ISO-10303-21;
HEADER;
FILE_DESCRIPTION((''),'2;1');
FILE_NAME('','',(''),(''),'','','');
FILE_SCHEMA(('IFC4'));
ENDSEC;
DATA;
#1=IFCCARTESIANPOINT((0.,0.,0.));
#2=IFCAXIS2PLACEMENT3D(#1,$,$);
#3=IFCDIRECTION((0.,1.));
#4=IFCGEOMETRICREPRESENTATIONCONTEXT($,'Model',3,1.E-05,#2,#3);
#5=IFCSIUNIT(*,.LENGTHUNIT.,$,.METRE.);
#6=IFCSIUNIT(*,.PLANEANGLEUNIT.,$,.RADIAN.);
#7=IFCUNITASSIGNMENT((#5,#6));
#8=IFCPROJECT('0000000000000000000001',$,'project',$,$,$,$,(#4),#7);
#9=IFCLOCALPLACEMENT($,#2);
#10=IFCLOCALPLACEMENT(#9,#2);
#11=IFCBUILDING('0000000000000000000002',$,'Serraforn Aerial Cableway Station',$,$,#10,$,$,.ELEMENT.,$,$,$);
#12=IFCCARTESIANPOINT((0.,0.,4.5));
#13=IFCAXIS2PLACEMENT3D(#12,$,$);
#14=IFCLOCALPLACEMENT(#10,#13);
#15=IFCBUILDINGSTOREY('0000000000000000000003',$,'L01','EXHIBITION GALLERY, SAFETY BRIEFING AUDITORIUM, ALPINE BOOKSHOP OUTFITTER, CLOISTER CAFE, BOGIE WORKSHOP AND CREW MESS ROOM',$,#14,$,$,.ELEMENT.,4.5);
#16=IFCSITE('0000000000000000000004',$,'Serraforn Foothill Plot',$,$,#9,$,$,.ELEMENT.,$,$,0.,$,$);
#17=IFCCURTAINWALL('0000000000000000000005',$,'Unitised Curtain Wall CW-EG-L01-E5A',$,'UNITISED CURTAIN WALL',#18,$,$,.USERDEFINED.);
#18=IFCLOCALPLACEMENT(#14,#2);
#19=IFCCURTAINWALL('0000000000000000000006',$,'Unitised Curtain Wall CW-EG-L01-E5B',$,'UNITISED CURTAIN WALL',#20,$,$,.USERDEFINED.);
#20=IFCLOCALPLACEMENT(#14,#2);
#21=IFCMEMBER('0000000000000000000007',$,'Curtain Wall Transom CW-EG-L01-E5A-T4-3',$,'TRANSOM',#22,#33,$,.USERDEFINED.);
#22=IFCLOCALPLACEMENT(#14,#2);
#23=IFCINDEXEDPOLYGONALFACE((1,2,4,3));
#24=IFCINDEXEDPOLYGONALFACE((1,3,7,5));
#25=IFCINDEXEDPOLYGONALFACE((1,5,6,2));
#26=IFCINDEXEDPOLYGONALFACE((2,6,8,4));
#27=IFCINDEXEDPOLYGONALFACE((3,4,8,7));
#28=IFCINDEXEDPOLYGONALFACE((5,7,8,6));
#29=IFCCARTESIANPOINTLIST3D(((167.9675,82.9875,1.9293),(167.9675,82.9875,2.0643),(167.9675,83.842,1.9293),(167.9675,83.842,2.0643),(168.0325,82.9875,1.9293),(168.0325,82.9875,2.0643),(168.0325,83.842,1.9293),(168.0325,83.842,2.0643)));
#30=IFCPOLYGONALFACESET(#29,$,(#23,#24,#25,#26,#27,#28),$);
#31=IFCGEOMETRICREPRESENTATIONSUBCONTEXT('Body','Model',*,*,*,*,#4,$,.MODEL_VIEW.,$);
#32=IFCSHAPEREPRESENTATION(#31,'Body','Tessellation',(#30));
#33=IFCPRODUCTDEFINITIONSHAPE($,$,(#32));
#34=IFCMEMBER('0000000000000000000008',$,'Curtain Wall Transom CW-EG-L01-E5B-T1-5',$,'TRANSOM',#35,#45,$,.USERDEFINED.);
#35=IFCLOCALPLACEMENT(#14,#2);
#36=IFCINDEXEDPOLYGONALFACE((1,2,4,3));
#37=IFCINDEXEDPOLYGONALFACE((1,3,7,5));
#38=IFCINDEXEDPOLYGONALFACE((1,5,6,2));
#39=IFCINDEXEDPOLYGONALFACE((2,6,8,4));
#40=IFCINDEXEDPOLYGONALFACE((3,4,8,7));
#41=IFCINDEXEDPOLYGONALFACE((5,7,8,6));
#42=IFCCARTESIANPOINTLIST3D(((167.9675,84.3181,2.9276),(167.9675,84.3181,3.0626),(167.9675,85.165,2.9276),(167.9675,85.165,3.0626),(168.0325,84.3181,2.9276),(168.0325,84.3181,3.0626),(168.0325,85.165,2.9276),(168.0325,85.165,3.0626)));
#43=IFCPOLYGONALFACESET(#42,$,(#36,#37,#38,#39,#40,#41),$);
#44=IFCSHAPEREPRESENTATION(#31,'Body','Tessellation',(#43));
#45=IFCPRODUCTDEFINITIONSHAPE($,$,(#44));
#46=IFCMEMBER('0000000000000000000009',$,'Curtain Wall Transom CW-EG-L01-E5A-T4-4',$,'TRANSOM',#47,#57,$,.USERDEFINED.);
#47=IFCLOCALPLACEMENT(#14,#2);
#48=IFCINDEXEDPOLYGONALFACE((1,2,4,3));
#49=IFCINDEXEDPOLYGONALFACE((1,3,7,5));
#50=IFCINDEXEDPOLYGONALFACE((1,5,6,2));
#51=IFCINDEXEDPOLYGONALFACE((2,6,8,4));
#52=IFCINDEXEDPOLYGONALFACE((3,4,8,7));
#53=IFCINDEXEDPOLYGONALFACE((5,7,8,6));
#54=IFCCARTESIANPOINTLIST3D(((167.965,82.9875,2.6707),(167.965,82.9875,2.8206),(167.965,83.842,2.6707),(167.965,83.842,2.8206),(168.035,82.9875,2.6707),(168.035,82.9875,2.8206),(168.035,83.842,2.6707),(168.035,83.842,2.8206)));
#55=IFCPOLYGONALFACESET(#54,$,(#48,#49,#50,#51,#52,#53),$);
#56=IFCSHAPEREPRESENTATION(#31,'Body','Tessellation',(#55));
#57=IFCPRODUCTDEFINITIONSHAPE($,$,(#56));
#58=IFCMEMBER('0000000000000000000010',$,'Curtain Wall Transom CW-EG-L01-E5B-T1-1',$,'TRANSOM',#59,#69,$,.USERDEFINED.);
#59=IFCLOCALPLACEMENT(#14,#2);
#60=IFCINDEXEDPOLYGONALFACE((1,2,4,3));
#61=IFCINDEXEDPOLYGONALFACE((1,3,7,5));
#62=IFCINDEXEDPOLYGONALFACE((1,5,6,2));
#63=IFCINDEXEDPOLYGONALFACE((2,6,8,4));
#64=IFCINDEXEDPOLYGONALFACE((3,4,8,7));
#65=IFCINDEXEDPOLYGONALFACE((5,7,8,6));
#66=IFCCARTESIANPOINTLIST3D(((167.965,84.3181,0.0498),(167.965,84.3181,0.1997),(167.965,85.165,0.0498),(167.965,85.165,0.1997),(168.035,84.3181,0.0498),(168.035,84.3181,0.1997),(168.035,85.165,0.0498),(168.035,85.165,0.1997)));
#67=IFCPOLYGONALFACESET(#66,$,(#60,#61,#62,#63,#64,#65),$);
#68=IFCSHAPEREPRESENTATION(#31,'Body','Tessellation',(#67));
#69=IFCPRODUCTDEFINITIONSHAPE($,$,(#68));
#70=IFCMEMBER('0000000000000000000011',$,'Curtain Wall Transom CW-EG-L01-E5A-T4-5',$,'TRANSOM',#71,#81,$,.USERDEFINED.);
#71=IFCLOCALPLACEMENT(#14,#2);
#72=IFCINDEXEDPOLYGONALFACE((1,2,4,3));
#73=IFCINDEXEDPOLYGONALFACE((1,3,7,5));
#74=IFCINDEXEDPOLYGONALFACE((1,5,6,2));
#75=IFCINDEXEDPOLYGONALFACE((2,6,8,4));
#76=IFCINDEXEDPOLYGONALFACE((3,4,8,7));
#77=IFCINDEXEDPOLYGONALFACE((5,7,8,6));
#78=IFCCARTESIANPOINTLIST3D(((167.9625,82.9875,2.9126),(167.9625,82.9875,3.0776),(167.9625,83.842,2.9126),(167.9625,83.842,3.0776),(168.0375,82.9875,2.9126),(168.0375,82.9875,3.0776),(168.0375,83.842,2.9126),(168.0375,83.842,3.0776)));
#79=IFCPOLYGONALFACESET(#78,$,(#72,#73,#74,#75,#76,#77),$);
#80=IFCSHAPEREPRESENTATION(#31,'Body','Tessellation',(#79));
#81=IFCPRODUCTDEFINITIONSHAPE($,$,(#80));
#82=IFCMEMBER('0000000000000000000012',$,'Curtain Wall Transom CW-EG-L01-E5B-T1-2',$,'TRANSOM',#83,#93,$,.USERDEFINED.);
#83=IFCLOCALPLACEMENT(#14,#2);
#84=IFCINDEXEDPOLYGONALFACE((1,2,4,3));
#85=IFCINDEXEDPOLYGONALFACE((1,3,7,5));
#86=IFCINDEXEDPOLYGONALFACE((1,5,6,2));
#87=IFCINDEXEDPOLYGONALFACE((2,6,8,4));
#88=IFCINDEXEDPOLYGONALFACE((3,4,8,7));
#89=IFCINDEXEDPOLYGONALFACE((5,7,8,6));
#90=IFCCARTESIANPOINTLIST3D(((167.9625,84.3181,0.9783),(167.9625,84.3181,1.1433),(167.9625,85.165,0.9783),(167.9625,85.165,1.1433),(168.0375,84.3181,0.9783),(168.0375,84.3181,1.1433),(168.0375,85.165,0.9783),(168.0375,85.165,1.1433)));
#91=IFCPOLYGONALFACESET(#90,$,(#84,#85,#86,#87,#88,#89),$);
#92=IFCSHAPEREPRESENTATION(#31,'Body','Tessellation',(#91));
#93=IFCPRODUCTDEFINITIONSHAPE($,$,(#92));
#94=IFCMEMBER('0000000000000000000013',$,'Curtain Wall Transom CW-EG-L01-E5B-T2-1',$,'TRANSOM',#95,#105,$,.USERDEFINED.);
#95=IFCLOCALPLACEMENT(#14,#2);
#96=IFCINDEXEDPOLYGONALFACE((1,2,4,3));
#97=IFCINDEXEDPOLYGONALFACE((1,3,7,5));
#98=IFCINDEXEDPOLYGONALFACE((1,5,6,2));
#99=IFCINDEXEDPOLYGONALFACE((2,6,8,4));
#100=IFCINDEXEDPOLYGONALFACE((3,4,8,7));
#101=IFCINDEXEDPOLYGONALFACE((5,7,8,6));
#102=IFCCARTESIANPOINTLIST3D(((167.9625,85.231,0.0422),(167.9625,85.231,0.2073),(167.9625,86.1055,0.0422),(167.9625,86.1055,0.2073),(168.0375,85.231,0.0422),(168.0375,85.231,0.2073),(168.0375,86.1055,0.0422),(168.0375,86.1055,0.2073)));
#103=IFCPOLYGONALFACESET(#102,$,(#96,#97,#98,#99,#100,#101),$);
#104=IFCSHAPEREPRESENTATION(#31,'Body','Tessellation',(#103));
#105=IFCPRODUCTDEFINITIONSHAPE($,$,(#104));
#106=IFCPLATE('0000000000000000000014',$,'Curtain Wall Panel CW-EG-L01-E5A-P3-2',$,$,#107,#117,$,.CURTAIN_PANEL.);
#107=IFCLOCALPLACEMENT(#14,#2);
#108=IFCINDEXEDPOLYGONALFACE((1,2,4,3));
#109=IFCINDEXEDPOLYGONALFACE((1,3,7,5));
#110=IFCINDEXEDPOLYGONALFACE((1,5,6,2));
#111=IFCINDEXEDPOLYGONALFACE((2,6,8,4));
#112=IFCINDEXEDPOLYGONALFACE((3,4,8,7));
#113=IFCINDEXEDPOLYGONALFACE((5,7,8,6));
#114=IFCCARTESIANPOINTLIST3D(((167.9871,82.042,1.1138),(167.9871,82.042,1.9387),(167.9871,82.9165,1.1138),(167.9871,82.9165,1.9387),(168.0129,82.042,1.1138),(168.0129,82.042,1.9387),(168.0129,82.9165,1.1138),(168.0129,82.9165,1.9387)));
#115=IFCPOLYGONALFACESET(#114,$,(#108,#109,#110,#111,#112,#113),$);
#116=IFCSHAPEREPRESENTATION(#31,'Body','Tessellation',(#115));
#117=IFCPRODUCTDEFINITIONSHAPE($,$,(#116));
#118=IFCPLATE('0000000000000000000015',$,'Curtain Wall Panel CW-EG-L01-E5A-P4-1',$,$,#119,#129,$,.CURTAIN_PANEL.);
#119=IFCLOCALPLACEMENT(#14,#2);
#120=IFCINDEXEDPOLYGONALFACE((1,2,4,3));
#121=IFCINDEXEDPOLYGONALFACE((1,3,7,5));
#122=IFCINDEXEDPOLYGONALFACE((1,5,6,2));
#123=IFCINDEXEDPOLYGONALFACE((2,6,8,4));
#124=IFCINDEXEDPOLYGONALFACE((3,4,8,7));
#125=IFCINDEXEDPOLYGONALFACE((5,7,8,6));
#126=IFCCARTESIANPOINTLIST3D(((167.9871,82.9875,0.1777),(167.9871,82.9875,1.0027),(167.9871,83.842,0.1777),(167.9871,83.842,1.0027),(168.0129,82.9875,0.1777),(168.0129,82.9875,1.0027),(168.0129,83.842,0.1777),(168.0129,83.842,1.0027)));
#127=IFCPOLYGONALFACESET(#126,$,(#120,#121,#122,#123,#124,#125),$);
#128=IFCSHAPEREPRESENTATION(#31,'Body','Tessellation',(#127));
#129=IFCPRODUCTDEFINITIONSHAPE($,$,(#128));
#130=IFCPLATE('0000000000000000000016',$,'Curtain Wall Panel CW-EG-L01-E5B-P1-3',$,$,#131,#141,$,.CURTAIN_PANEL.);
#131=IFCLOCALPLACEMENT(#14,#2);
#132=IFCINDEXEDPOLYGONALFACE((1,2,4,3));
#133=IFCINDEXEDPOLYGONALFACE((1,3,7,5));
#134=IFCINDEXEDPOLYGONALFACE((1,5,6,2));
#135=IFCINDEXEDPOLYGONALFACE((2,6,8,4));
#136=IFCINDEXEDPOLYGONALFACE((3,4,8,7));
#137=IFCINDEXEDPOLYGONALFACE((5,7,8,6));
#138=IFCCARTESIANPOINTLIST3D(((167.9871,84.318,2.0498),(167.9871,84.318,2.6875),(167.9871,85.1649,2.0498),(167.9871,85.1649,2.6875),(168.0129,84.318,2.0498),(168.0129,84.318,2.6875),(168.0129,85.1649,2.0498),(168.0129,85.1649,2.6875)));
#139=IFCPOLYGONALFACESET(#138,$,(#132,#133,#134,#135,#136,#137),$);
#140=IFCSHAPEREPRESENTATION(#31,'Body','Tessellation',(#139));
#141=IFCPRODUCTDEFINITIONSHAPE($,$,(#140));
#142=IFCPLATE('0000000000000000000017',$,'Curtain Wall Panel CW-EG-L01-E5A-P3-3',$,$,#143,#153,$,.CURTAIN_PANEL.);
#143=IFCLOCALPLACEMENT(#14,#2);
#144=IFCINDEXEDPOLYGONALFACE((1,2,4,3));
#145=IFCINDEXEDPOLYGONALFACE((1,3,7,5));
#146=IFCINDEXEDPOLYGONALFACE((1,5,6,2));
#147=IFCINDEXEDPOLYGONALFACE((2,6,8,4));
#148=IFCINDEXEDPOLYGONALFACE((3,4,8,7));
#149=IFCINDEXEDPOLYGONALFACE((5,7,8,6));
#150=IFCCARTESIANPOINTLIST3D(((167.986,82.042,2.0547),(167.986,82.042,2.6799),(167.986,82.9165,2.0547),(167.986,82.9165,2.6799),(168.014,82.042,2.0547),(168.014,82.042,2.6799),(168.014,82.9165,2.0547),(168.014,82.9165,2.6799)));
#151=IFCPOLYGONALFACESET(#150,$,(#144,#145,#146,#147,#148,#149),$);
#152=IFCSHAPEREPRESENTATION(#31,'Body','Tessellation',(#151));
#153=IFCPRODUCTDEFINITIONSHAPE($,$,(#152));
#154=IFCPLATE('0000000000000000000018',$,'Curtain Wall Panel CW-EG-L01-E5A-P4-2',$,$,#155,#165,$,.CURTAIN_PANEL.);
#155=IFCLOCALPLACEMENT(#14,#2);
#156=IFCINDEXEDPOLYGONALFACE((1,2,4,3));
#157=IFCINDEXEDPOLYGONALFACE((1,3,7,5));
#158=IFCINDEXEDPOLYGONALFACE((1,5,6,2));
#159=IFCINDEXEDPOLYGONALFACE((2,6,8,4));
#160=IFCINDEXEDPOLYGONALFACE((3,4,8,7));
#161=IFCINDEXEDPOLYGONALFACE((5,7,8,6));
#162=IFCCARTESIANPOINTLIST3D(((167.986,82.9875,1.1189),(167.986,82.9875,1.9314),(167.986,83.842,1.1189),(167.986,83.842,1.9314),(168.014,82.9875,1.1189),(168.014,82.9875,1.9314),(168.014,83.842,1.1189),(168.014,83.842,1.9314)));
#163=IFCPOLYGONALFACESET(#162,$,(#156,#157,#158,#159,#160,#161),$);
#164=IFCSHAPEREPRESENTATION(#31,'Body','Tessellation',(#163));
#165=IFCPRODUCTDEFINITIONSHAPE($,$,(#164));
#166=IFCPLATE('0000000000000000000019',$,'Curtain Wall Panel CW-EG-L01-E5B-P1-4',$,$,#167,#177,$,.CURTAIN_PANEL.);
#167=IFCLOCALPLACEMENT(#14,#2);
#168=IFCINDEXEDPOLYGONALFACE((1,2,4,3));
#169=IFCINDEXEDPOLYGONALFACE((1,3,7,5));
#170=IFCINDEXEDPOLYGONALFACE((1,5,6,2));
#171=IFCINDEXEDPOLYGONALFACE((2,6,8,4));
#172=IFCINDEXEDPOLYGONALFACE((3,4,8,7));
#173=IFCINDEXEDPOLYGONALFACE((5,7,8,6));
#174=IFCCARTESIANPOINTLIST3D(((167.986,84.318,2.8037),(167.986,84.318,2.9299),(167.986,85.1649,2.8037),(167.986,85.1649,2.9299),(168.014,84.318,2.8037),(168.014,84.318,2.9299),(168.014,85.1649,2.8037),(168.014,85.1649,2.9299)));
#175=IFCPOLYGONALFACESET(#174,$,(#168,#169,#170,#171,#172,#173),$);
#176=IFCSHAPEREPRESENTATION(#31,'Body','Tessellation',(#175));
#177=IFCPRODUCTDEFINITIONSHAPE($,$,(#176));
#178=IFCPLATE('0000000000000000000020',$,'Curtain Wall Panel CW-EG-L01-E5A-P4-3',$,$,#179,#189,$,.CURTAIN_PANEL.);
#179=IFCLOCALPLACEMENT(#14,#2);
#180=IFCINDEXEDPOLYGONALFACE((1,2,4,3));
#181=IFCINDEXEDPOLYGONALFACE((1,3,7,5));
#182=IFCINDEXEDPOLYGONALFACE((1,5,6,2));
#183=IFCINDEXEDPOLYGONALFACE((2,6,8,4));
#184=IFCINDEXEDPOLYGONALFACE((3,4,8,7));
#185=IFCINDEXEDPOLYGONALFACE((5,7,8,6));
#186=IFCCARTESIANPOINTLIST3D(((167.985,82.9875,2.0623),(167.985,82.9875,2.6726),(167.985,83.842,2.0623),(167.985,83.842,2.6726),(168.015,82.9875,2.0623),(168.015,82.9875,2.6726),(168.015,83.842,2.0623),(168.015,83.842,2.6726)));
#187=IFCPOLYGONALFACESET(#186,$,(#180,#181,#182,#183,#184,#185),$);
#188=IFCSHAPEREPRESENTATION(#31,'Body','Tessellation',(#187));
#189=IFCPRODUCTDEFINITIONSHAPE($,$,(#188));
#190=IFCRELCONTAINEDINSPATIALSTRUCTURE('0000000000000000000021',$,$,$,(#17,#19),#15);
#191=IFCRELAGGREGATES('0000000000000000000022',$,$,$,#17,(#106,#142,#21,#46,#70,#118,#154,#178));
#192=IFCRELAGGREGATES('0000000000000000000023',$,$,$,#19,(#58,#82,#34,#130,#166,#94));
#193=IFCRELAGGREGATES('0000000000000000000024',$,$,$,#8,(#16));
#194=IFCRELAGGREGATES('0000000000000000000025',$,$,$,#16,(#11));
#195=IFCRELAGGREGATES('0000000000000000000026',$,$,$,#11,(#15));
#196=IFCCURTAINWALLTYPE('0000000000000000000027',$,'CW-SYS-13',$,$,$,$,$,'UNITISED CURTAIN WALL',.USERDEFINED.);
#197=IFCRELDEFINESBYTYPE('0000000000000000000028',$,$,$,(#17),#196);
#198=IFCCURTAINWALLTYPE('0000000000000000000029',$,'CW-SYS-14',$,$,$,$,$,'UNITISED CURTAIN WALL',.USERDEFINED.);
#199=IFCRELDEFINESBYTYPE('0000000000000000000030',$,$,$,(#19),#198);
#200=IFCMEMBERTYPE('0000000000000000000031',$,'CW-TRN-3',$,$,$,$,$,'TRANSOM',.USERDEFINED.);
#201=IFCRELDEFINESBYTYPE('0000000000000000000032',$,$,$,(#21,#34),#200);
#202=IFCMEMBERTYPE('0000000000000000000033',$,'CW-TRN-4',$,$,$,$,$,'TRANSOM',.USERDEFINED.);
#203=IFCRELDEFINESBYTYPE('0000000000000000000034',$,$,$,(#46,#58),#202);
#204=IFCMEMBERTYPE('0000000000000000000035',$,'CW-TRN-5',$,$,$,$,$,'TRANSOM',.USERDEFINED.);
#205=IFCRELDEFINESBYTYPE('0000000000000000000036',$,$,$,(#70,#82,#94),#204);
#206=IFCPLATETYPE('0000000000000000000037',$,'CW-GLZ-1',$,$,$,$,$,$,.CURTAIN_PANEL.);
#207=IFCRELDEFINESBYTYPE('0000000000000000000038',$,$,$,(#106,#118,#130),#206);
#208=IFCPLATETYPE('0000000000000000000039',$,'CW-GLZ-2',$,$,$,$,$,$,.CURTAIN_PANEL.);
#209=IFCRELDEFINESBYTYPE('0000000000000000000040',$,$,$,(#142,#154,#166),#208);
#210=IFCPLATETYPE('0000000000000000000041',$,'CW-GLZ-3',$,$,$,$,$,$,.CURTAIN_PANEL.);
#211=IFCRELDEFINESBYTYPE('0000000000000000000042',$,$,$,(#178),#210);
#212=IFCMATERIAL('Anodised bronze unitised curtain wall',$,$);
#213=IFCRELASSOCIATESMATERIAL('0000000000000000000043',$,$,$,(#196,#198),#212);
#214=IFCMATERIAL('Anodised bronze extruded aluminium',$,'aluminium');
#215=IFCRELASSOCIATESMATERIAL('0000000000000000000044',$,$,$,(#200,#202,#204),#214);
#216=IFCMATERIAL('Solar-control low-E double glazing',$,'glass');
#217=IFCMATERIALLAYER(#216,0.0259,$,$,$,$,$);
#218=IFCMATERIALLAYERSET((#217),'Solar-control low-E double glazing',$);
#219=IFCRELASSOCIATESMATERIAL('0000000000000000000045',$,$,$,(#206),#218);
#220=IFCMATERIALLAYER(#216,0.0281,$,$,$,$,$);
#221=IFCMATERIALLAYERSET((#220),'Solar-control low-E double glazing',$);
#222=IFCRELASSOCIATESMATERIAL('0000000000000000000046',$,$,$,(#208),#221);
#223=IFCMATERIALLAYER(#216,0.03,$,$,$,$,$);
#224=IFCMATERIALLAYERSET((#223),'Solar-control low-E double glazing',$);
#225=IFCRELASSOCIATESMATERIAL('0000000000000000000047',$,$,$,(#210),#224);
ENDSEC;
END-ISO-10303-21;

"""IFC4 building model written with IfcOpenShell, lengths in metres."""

from ifc_helpers import new_model, si_unit, direction, frame, origin, origin_2d, place, context, subcontext, project, spatial, rectangle, extrude, material, layer, layer_set, material_profile, profile_set, type_object, element, aggregate, save


model = new_model("IFC4")

# Units and contexts
model_context = context("Model", 3, precision=1e-05, world=origin(), true_north=direction((0.0, 1.0)))
body_context = subcontext(model_context, "Body", "Model", "MODEL_VIEW")
ifc_project = project(units=[si_unit("LENGTHUNIT", "METRE"), si_unit("PLANEANGLEUNIT", "RADIAN")], contexts=[model_context])

# Site, building, storey
site_placement = place(None, origin())
site = spatial("IfcSite", under=ifc_project, at=site_placement, Name="Serraforn Foothill Plot", CompositionType="ELEMENT", RefElevation=0.0)
building_placement = place(site_placement, origin())
building = spatial("IfcBuilding", under=site, at=building_placement, Name="Serraforn Aerial Cableway Station", CompositionType="ELEMENT")
storey_placement = place(building_placement, frame((0.0, 0.0, 4.5)))
storey = spatial("IfcBuildingStorey", under=building, at=storey_placement, Name="L01", Description="EXHIBITION GALLERY, SAFETY BRIEFING AUDITORIUM, ALPINE BOOKSHOP OUTFITTER, CLOISTER CAFE, BOGIE WORKSHOP AND CREW MESS ROOM", CompositionType="ELEMENT", Elevation=4.5)

# Curtain wall
ifc_material_1 = material(Name="Anodised bronze unitised curtain wall")
curtain_wall_type_1 = type_object("IfcCurtainWallType", Name="CW-SYS-13", ElementType="UNITISED CURTAIN WALL", PredefinedType="USERDEFINED", material=ifc_material_1)
curtain_wall_1_placement = place(storey_placement, origin())
curtain_wall_1 = element("IfcCurtainWall", 1, at=curtain_wall_1_placement, inside=storey, type_object=curtain_wall_type_1, Name="Unitised Curtain Wall CW-EG-L01-E5A", ObjectType="UNITISED CURTAIN WALL", PredefinedType="USERDEFINED")
ifc_material_2 = material(Name="Anodised bronze extruded aluminium", Category="aluminium")

# Curtain wall
curtain_wall_type_2 = type_object("IfcCurtainWallType", Name="CW-SYS-14", ElementType="UNITISED CURTAIN WALL", PredefinedType="USERDEFINED", material=ifc_material_1)
curtain_wall_2_placement = place(storey_placement, origin())
curtain_wall_2 = element("IfcCurtainWall", 2, at=curtain_wall_2_placement, inside=storey, type_object=curtain_wall_type_2, Name="Unitised Curtain Wall CW-EG-L01-E5B", ObjectType="UNITISED CURTAIN WALL", PredefinedType="USERDEFINED")

# Members
ifc_material_profile_1 = material_profile(ifc_material_2, rectangle(XDim=0.0649, YDim=0.135, at=origin_2d()), Name="CW TRANSOM 65x135")
ifc_profile_set_1 = profile_set([ifc_material_profile_1], Name="Anodised bronze extruded aluminium")
member_type_1 = type_object("IfcMemberType", Name="CW-TRN-3", ElementType="TRANSOM", PredefinedType="USERDEFINED", material=ifc_profile_set_1)
member_1_placement = place(storey_placement, frame((168.0, 82.9875, 1.9968), z_axis=(0.0, 1.0, 0.0), x_axis=(-1.0, 0.0, 0.0)))
member_1 = element("IfcMember", 3, at=member_1_placement, type_object=member_type_1, Name="Curtain Wall Transom CW-EG-L01-E5A-T4-3", ObjectType="TRANSOM", PredefinedType="USERDEFINED", context=body_context, shape_type="SweptSolid", body=[
    extrude(rectangle(XDim=0.0649, YDim=0.135, at=origin_2d()), origin(), (0.0, 0.0, 1.0), 0.8545),
])
member_2_placement = place(storey_placement, frame((168.0, 84.3181, 2.9951), z_axis=(0.0, 1.0, 0.0), x_axis=(-1.0, 0.0, 0.0)))
member_2 = element("IfcMember", 4, at=member_2_placement, type_object=member_type_1, Name="Curtain Wall Transom CW-EG-L01-E5B-T1-5", ObjectType="TRANSOM", PredefinedType="USERDEFINED", context=body_context, shape_type="SweptSolid", body=[
    extrude(rectangle(XDim=0.0649, YDim=0.135, at=origin_2d()), origin(), (0.0, 0.0, 1.0), 0.8469),
])
ifc_material_profile_2 = material_profile(ifc_material_2, rectangle(XDim=0.0701, YDim=0.1499, at=origin_2d()), Name="CW TRANSOM 70x150")
ifc_profile_set_2 = profile_set([ifc_material_profile_2], Name="Anodised bronze extruded aluminium")
member_type_2 = type_object("IfcMemberType", Name="CW-TRN-4", ElementType="TRANSOM", PredefinedType="USERDEFINED", material=ifc_profile_set_2)
member_3_placement = place(storey_placement, frame((168.0, 82.9875, 2.7456), z_axis=(0.0, 1.0, 0.0), x_axis=(-1.0, 0.0, 0.0)))
member_3 = element("IfcMember", 5, at=member_3_placement, type_object=member_type_2, Name="Curtain Wall Transom CW-EG-L01-E5A-T4-4", ObjectType="TRANSOM", PredefinedType="USERDEFINED", context=body_context, shape_type="SweptSolid", body=[
    extrude(rectangle(XDim=0.0701, YDim=0.1499, at=origin_2d()), origin(), (0.0, 0.0, 1.0), 0.8545),
])
member_4_placement = place(storey_placement, frame((168.0, 84.3181, 0.1248), z_axis=(0.0, 1.0, 0.0), x_axis=(-1.0, 0.0, 0.0)))
member_4 = element("IfcMember", 6, at=member_4_placement, type_object=member_type_2, Name="Curtain Wall Transom CW-EG-L01-E5B-T1-1", ObjectType="TRANSOM", PredefinedType="USERDEFINED", context=body_context, shape_type="SweptSolid", body=[
    extrude(rectangle(XDim=0.0701, YDim=0.1499, at=origin_2d()), origin(), (0.0, 0.0, 1.0), 0.8469),
])
ifc_material_profile_3 = material_profile(ifc_material_2, rectangle(XDim=0.075, YDim=0.165, at=origin_2d()), Name="CW TRANSOM 75x165")
ifc_profile_set_3 = profile_set([ifc_material_profile_3], Name="Anodised bronze extruded aluminium")
member_type_3 = type_object("IfcMemberType", Name="CW-TRN-5", ElementType="TRANSOM", PredefinedType="USERDEFINED", material=ifc_profile_set_3)
member_5_placement = place(storey_placement, frame((168.0, 82.9875, 2.9951), z_axis=(0.0, 1.0, 0.0), x_axis=(-1.0, 0.0, 0.0)))
member_5 = element("IfcMember", 7, at=member_5_placement, type_object=member_type_3, Name="Curtain Wall Transom CW-EG-L01-E5A-T4-5", ObjectType="TRANSOM", PredefinedType="USERDEFINED", context=body_context, shape_type="SweptSolid", body=[
    extrude(rectangle(XDim=0.075, YDim=0.165, at=origin_2d()), origin(), (0.0, 0.0, 1.0), 0.8545),
])
member_6_placement = place(storey_placement, frame((168.0, 84.3181, 1.0608), z_axis=(0.0, 1.0, 0.0), x_axis=(-1.0, 0.0, 0.0)))
member_6 = element("IfcMember", 8, at=member_6_placement, type_object=member_type_3, Name="Curtain Wall Transom CW-EG-L01-E5B-T1-2", ObjectType="TRANSOM", PredefinedType="USERDEFINED", context=body_context, shape_type="SweptSolid", body=[
    extrude(rectangle(XDim=0.075, YDim=0.165, at=origin_2d()), origin(), (0.0, 0.0, 1.0), 0.8469),
])
member_7_placement = place(storey_placement, frame((168.0, 85.231, 0.1248), z_axis=(0.0, 1.0, 0.0), x_axis=(-1.0, 0.0, 0.0)))
member_7 = element("IfcMember", 9, at=member_7_placement, type_object=member_type_3, Name="Curtain Wall Transom CW-EG-L01-E5B-T2-1", ObjectType="TRANSOM", PredefinedType="USERDEFINED", context=body_context, shape_type="SweptSolid", body=[
    extrude(rectangle(XDim=0.075, YDim=0.165, at=origin_2d()), origin(), (0.0, 0.0, 1.0), 0.8745),
])

# Plates
ifc_material_3 = material(Name="Solar-control low-E double glazing", Category="glass")
ifc_layer_1 = layer(ifc_material_3, 0.0259)
ifc_layer_set_1 = layer_set([ifc_layer_1], Name="Solar-control low-E double glazing")
plate_type_1 = type_object("IfcPlateType", Name="CW-GLZ-1", PredefinedType="CURTAIN_PANEL", material=ifc_layer_set_1)
plate_1_placement = place(storey_placement, frame((168.0, 82.4792, 1.1138), z_axis=(0.0, 0.0, 1.0), x_axis=(1.0, 0.0, 0.0)))
plate_1 = element("IfcPlate", 10, at=plate_1_placement, type_object=plate_type_1, Name="Curtain Wall Panel CW-EG-L01-E5A-P3-2", PredefinedType="CURTAIN_PANEL", context=body_context, shape_type="SweptSolid", body=[
    extrude(rectangle(XDim=0.0259, YDim=0.8745, at=origin_2d()), origin(), (0.0, 0.0, 1.0), 0.825),
])
plate_2_placement = place(storey_placement, frame((168.0, 83.4148, 0.1777), z_axis=(0.0, 0.0, 1.0), x_axis=(1.0, 0.0, 0.0)))
plate_2 = element("IfcPlate", 11, at=plate_2_placement, type_object=plate_type_1, Name="Curtain Wall Panel CW-EG-L01-E5A-P4-1", PredefinedType="CURTAIN_PANEL", context=body_context, shape_type="SweptSolid", body=[
    extrude(rectangle(XDim=0.0259, YDim=0.8545, at=origin_2d()), origin(), (0.0, 0.0, 1.0), 0.825),
])
plate_3_placement = place(storey_placement, frame((168.0, 84.7415, 2.0498), z_axis=(0.0, 0.0, 1.0), x_axis=(1.0, 0.0, 0.0)))
plate_3 = element("IfcPlate", 12, at=plate_3_placement, type_object=plate_type_1, Name="Curtain Wall Panel CW-EG-L01-E5B-P1-3", PredefinedType="CURTAIN_PANEL", context=body_context, shape_type="SweptSolid", body=[
    extrude(rectangle(XDim=0.0259, YDim=0.8469, at=origin_2d()), origin(), (0.0, 0.0, 1.0), 0.6377),
])
ifc_layer_2 = layer(ifc_material_3, 0.0281)
ifc_layer_set_2 = layer_set([ifc_layer_2], Name="Solar-control low-E double glazing")
plate_type_2 = type_object("IfcPlateType", Name="CW-GLZ-2", PredefinedType="CURTAIN_PANEL", material=ifc_layer_set_2)
plate_4_placement = place(storey_placement, frame((168.0, 82.4792, 2.0547), z_axis=(0.0, 0.0, 1.0), x_axis=(1.0, 0.0, 0.0)))
plate_4 = element("IfcPlate", 13, at=plate_4_placement, type_object=plate_type_2, Name="Curtain Wall Panel CW-EG-L01-E5A-P3-3", PredefinedType="CURTAIN_PANEL", context=body_context, shape_type="SweptSolid", body=[
    extrude(rectangle(XDim=0.0281, YDim=0.8745, at=origin_2d()), origin(), (0.0, 0.0, 1.0), 0.6252),
])
plate_5_placement = place(storey_placement, frame((168.0, 83.4148, 1.1189), z_axis=(0.0, 0.0, 1.0), x_axis=(1.0, 0.0, 0.0)))
plate_5 = element("IfcPlate", 14, at=plate_5_placement, type_object=plate_type_2, Name="Curtain Wall Panel CW-EG-L01-E5A-P4-2", PredefinedType="CURTAIN_PANEL", context=body_context, shape_type="SweptSolid", body=[
    extrude(rectangle(XDim=0.0281, YDim=0.8545, at=origin_2d()), origin(), (0.0, 0.0, 1.0), 0.8125),
])
plate_6_placement = place(storey_placement, frame((168.0, 84.7415, 2.8037), z_axis=(0.0, 0.0, 1.0), x_axis=(1.0, 0.0, 0.0)))
plate_6 = element("IfcPlate", 15, at=plate_6_placement, type_object=plate_type_2, Name="Curtain Wall Panel CW-EG-L01-E5B-P1-4", PredefinedType="CURTAIN_PANEL", context=body_context, shape_type="SweptSolid", body=[
    extrude(rectangle(XDim=0.0281, YDim=0.8469, at=origin_2d()), origin(), (0.0, 0.0, 1.0), 0.1262),
])
ifc_layer_3 = layer(ifc_material_3, 0.03)
ifc_layer_set_3 = layer_set([ifc_layer_3], Name="Solar-control low-E double glazing")
plate_type_3 = type_object("IfcPlateType", Name="CW-GLZ-3", PredefinedType="CURTAIN_PANEL", material=ifc_layer_set_3)
plate_7_placement = place(storey_placement, frame((168.0, 83.4148, 2.0623), z_axis=(0.0, 0.0, 1.0), x_axis=(1.0, 0.0, 0.0)))
plate_7 = element("IfcPlate", 16, at=plate_7_placement, type_object=plate_type_3, Name="Curtain Wall Panel CW-EG-L01-E5A-P4-3", PredefinedType="CURTAIN_PANEL", context=body_context, shape_type="SweptSolid", body=[
    extrude(rectangle(XDim=0.03, YDim=0.8545, at=origin_2d()), origin(), (0.0, 0.0, 1.0), 0.6104),
])
aggregate(curtain_wall_1, [plate_1, plate_4, member_1, member_3, member_5, plate_2, plate_5, plate_7])
aggregate(curtain_wall_2, [member_4, member_6, member_2, plate_3, plate_6, member_7])

save(model, "model.ifc")
